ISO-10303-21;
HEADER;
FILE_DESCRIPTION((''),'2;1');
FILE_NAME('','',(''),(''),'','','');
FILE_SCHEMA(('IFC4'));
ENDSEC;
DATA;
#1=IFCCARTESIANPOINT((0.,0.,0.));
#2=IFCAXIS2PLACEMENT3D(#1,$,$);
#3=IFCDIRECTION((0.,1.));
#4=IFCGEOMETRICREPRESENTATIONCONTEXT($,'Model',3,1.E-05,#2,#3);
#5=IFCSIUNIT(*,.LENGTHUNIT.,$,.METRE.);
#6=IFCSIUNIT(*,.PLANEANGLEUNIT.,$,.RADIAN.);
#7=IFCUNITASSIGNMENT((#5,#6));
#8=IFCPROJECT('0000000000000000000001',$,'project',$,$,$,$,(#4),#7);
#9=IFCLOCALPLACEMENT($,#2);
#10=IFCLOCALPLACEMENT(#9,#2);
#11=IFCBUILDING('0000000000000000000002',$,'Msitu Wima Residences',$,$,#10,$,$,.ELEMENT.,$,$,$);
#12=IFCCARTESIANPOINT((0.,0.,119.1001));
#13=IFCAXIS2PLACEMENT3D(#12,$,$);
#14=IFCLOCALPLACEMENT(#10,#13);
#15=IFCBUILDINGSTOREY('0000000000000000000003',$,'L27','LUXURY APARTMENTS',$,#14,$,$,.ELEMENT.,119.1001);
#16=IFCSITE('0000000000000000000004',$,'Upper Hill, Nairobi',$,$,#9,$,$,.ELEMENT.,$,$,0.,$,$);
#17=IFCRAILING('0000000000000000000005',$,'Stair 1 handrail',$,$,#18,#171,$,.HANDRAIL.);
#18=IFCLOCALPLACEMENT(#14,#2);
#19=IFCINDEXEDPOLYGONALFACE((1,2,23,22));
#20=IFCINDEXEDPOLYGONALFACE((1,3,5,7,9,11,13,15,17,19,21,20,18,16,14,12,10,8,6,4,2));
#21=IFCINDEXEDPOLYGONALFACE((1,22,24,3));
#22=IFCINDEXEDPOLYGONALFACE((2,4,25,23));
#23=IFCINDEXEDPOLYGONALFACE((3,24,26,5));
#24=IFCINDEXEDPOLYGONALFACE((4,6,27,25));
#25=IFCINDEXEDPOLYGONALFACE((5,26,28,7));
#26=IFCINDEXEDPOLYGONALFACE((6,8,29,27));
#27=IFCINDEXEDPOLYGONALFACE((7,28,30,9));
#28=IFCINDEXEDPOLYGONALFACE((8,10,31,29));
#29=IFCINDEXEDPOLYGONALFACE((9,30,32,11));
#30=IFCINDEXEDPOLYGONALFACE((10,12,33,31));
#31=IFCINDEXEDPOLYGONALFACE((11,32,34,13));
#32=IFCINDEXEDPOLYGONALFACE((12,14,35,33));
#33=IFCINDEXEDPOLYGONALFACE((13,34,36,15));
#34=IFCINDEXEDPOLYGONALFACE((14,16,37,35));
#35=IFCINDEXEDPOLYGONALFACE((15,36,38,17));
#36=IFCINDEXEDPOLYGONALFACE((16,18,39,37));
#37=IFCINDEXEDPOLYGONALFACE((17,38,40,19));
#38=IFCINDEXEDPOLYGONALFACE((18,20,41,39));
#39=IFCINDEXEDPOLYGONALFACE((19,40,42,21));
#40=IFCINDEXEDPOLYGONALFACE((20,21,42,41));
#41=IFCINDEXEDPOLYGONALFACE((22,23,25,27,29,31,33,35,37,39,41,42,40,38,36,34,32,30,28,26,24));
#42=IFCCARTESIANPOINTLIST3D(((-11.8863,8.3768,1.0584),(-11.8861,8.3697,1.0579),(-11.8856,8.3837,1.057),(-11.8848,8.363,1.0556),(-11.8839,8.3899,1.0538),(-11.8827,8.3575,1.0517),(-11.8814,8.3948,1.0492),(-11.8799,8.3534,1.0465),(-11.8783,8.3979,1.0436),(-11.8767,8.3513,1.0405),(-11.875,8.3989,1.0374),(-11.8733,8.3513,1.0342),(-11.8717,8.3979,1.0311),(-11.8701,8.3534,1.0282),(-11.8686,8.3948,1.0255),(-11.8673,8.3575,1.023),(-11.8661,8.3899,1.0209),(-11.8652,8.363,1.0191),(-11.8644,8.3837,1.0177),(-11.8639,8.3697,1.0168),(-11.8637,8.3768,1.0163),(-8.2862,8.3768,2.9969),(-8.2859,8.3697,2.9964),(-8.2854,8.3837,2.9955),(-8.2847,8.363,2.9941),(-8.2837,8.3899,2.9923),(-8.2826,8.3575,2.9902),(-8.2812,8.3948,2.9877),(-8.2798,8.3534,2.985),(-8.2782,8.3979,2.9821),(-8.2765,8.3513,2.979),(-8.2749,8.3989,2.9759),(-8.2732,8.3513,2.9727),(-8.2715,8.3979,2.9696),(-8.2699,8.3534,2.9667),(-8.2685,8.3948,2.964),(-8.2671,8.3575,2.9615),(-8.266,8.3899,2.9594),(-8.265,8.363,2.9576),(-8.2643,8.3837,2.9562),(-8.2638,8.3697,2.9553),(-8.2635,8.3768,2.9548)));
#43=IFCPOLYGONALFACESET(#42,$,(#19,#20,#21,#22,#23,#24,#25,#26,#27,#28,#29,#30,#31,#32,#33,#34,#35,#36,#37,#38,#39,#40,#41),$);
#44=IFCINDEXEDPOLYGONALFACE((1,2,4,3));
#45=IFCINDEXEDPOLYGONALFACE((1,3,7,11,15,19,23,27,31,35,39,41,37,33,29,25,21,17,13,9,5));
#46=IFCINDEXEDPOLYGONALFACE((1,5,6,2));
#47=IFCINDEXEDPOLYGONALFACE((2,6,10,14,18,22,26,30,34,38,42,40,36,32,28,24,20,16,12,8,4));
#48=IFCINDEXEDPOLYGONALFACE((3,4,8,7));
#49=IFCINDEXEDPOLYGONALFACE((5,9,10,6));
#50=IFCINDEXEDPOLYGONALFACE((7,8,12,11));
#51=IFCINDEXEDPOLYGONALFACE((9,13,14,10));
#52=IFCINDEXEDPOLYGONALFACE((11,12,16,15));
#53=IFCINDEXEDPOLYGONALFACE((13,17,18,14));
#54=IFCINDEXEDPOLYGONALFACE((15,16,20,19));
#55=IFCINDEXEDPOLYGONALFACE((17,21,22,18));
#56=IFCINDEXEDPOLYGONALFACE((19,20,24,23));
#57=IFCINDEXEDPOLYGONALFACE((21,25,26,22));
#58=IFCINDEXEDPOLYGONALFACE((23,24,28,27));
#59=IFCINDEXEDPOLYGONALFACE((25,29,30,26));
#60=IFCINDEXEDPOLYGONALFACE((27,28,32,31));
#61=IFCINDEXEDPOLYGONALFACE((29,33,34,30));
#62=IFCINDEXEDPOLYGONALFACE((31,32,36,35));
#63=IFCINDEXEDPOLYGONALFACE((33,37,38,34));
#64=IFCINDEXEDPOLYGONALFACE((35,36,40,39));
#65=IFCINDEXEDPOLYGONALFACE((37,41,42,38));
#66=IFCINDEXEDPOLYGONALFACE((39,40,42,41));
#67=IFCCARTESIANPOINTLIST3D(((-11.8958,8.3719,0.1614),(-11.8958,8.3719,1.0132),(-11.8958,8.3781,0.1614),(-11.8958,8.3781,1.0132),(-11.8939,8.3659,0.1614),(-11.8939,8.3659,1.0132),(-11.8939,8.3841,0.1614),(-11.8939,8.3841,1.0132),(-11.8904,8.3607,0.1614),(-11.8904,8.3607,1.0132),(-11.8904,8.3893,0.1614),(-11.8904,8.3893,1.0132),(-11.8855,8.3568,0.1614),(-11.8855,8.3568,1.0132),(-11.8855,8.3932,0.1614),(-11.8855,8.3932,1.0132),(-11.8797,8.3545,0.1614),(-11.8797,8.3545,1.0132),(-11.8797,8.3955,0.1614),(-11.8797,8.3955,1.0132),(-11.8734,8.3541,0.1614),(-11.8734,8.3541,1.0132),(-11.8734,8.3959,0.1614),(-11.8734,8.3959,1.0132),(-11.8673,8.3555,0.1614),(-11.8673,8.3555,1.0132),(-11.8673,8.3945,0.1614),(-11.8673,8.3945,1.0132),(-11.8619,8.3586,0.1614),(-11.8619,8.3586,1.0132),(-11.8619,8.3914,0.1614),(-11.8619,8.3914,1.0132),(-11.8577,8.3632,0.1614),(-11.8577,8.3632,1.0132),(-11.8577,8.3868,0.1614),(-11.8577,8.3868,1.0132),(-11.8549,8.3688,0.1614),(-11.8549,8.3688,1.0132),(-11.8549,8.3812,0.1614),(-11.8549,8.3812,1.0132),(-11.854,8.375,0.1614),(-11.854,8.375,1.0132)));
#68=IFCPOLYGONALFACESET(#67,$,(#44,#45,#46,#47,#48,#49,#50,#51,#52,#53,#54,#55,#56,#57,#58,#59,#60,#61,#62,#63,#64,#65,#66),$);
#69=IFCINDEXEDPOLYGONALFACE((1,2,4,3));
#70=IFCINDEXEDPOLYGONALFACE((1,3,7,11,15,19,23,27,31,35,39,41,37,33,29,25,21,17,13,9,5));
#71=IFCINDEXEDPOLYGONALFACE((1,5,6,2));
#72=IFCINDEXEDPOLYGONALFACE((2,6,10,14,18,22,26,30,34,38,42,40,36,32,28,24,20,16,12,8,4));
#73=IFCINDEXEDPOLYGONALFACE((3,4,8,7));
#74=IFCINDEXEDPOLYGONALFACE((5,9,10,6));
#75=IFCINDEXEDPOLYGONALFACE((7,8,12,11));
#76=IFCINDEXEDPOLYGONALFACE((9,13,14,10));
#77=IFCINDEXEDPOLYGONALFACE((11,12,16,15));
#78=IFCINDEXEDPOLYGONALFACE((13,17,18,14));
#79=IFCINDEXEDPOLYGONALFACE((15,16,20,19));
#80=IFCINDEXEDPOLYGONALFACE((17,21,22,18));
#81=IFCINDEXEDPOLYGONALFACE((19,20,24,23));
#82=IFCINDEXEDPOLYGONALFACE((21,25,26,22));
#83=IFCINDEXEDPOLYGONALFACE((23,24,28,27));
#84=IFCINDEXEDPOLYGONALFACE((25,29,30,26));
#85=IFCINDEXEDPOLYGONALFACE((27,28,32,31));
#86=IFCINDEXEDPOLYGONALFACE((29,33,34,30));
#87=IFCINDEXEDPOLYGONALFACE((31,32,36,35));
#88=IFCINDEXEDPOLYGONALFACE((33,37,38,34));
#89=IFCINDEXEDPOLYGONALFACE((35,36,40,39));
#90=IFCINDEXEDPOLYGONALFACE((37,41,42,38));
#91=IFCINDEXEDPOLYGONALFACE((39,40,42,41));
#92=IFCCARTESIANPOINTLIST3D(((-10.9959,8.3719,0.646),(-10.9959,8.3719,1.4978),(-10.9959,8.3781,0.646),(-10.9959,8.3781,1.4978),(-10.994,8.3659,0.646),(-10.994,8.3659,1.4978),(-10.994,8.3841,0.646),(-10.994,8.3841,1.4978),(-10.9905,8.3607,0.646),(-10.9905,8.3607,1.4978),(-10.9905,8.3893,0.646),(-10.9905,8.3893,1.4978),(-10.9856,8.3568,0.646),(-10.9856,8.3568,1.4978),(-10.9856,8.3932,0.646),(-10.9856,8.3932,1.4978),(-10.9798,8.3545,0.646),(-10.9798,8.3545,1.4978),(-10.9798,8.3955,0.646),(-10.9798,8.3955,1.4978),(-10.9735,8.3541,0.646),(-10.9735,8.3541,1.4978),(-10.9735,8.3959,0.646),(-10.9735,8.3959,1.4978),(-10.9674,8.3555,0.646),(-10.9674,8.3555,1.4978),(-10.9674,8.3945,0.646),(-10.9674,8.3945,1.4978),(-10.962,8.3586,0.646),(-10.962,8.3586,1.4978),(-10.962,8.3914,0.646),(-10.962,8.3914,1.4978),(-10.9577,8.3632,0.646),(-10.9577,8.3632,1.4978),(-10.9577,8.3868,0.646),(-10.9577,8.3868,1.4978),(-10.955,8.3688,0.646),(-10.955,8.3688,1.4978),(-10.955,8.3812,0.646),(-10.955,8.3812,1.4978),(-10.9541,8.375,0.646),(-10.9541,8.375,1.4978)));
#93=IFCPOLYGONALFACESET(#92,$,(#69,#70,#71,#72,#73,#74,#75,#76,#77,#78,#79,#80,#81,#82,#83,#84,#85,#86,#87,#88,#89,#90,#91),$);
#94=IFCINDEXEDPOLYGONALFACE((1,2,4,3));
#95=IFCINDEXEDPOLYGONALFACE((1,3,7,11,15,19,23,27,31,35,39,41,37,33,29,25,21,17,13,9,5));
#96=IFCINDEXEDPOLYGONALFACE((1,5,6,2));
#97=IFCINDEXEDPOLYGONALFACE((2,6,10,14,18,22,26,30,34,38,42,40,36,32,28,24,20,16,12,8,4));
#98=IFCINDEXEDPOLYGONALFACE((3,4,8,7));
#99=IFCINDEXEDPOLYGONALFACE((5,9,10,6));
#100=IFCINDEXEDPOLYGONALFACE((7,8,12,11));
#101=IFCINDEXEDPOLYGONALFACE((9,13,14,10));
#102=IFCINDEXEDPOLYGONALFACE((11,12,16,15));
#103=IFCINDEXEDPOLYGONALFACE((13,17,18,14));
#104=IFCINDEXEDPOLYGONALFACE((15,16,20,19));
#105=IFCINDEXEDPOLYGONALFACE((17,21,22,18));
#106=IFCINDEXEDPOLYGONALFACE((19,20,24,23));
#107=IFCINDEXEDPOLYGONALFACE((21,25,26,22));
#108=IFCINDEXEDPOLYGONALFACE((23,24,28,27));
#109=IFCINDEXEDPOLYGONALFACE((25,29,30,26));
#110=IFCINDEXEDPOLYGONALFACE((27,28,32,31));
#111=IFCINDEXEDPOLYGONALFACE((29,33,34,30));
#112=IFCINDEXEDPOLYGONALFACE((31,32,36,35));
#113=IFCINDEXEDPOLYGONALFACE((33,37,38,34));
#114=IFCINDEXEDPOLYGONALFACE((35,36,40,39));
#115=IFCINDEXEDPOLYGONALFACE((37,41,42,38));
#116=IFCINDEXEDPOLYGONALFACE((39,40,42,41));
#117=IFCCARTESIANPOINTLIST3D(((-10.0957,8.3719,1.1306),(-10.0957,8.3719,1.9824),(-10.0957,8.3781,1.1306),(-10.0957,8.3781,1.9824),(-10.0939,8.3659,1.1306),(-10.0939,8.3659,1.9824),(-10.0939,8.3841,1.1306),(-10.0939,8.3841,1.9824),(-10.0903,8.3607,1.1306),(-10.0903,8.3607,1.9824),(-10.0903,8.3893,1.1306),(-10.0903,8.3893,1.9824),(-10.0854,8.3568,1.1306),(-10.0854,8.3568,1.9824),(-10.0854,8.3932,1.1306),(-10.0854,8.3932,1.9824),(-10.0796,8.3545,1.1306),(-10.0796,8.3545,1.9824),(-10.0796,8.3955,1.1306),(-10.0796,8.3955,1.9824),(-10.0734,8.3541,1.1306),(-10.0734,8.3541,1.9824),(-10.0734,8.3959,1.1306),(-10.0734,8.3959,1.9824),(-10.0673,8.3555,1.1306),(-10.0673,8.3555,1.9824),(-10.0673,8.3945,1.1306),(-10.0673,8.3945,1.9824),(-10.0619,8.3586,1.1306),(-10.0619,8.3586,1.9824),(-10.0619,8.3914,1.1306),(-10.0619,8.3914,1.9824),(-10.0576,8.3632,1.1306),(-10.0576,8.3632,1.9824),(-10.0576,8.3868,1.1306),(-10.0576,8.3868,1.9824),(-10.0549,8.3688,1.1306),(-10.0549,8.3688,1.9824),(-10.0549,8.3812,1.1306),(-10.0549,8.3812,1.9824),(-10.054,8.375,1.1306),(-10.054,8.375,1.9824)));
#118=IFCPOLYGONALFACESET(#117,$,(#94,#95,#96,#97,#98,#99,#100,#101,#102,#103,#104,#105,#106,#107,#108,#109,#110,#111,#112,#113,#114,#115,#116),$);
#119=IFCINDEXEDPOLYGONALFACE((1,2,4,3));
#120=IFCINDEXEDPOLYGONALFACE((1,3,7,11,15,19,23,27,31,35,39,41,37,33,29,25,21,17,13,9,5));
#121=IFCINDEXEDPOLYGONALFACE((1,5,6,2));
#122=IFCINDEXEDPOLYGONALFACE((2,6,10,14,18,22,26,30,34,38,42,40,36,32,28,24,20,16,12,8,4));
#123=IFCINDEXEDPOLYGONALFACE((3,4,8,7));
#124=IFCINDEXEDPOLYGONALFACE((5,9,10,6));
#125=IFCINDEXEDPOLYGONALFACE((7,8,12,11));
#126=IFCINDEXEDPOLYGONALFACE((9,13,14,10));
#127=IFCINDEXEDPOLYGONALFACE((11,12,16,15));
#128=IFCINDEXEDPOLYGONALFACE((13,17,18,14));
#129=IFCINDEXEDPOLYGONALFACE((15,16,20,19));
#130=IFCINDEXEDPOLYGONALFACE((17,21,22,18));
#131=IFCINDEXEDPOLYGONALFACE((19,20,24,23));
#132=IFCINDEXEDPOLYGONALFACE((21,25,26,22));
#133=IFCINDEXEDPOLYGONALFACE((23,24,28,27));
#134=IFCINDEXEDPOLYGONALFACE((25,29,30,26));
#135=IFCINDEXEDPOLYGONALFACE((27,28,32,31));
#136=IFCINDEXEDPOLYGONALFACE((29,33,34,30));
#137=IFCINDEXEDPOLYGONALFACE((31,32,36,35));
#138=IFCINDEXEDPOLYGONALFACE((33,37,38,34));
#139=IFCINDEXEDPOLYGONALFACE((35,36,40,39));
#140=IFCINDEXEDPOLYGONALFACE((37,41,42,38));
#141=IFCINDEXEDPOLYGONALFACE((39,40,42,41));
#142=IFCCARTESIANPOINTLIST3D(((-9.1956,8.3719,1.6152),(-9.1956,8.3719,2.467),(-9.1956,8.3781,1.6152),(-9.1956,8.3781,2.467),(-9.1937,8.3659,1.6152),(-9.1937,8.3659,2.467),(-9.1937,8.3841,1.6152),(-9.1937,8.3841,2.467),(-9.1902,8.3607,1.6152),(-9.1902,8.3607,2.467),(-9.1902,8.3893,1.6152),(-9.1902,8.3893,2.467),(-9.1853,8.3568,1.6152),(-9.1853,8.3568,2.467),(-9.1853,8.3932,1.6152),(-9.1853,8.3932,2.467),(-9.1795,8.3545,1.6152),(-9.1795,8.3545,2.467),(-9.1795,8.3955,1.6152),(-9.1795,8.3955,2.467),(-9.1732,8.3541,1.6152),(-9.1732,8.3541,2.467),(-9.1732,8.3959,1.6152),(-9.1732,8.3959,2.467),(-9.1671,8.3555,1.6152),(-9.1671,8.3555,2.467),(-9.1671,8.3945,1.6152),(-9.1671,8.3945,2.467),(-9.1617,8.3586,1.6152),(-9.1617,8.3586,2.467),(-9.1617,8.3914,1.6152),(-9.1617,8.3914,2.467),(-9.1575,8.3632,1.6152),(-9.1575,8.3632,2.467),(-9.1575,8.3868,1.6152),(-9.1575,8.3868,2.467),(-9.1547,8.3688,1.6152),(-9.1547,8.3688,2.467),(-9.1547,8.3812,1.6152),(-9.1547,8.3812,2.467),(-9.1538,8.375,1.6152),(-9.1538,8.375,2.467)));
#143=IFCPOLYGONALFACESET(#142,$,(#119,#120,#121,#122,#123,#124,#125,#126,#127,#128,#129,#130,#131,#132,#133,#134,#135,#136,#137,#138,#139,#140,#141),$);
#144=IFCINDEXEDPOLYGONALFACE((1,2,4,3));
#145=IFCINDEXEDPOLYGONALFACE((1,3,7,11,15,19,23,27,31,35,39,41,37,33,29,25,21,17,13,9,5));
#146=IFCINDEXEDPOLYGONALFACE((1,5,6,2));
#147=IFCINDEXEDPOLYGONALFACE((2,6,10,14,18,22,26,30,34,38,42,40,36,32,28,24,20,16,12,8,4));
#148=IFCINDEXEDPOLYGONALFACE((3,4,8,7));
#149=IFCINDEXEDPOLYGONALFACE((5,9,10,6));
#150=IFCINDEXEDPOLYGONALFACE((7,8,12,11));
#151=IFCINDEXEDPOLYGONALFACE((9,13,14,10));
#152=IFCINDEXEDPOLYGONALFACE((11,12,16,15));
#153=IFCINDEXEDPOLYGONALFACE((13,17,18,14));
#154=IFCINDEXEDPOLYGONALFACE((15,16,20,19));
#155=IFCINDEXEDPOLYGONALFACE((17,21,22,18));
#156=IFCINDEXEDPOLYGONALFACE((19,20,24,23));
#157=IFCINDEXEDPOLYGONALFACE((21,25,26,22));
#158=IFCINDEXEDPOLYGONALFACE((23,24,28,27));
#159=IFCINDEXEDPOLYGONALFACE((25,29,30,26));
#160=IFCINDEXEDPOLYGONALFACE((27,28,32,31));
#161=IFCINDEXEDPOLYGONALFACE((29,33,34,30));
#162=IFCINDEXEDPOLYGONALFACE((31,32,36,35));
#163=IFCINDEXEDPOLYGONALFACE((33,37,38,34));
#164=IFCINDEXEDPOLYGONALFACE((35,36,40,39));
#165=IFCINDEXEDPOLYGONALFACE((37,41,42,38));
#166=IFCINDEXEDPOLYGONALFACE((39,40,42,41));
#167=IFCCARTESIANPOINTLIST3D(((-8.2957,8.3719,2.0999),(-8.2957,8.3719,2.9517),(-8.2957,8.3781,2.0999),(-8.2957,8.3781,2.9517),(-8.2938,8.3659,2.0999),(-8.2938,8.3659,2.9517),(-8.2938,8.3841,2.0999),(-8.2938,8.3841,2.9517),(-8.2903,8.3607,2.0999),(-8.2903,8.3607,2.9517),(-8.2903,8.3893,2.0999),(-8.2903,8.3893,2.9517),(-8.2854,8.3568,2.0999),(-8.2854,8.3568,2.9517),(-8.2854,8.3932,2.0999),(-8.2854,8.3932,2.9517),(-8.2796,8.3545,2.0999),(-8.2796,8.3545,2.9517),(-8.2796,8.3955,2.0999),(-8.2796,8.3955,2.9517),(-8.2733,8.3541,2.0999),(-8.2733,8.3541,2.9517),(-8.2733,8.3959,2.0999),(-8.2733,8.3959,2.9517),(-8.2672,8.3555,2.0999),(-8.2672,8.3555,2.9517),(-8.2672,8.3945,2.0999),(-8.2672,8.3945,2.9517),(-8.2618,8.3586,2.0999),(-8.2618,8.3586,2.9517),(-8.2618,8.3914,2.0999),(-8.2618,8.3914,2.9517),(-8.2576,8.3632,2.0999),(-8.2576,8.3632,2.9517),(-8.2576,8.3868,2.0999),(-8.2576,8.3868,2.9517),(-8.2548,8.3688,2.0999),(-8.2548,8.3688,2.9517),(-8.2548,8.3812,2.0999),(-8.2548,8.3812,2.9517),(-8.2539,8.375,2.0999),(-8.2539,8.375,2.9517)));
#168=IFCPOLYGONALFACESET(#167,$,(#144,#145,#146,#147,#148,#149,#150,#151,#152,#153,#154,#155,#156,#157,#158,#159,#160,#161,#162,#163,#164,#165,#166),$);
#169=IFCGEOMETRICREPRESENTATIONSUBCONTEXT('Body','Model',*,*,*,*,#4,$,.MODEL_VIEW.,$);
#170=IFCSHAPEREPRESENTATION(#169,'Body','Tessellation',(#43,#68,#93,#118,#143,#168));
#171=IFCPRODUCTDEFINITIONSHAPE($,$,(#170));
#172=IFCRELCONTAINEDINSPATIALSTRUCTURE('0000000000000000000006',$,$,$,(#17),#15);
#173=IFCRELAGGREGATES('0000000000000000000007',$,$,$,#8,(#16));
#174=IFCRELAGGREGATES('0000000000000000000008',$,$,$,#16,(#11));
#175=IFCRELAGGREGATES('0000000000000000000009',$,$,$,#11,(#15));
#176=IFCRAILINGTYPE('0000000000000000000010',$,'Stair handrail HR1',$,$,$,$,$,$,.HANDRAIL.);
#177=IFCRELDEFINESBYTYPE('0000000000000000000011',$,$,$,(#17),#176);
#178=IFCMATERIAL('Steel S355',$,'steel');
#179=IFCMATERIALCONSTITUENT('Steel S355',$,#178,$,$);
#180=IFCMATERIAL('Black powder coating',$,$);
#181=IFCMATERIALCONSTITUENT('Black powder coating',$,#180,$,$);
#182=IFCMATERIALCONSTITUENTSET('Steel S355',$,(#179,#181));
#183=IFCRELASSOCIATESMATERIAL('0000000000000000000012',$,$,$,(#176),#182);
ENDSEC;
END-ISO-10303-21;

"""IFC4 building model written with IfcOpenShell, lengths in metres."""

from ifc_helpers import new_model, si_unit, direction, frame, origin, origin_2d, place, context, subcontext, project, spatial, circle, extrude, material, constituent, constituent_set, type_object, element, save


model = new_model("IFC4")

# Units and contexts
model_context = context("Model", 3, precision=1e-05, world=origin(), true_north=direction((0.0, 1.0)))
body_context = subcontext(model_context, "Body", "Model", "MODEL_VIEW")
ifc_project = project(units=[si_unit("LENGTHUNIT", "METRE"), si_unit("PLANEANGLEUNIT", "RADIAN")], contexts=[model_context])

# Site, building, storey
site_placement = place(None, origin())
site = spatial("IfcSite", under=ifc_project, at=site_placement, Name="Upper Hill, Nairobi", CompositionType="ELEMENT", RefElevation=0.0)
building_placement = place(site_placement, origin())
building = spatial("IfcBuilding", under=site, at=building_placement, Name="Msitu Wima Residences", CompositionType="ELEMENT")
storey_placement = place(building_placement, frame((0.0, 0.0, 119.1001)))
storey = spatial("IfcBuildingStorey", under=building, at=storey_placement, Name="L27", Description="LUXURY APARTMENTS", CompositionType="ELEMENT", Elevation=119.1001)

# Railing
ifc_material_1 = material(Name="Steel S355", Category="steel")
ifc_constituent_1 = constituent(ifc_material_1, Name="Steel S355")
ifc_material_2 = material(Name="Black powder coating")
ifc_constituent_2 = constituent(ifc_material_2, Name="Black powder coating")
ifc_constituent_set = constituent_set(constituents=[ifc_constituent_1, ifc_constituent_2], Name="Steel S355")
railing_type = type_object("IfcRailingType", Name="Stair handrail HR1", PredefinedType="HANDRAIL", material=ifc_constituent_set)
for number, where, name in (
    (1, (-11.875, 8.375, 0.1614), "Stair 1 handrail"),
):
    element("IfcRailing", number, at=place(storey_placement, frame(where)), inside=storey, type_object=railing_type, Name=name, PredefinedType="HANDRAIL", context=body_context, shape_type="SweptSolid", body=[
        extrude(circle(Radius=0.0239, at=origin_2d()), frame((0.0, 0.0, 0.876), z_axis=(0.880475, 0.0, 0.474093), x_axis=(0.0, 1.0, 0.0)), (0.0, 0.0, 1.0), 4.0889),
        extrude(circle(Radius=0.021, at=origin_2d()), origin(), (0.0, 0.0, 1.0), 0.8518),
        extrude(circle(Radius=0.021, at=origin_2d()), frame((0.8999, 0.0, 0.4846)), (0.0, 0.0, 1.0), 0.8518),
        extrude(circle(Radius=0.021, at=origin_2d()), frame((1.8, 0.0, 0.9692)), (0.0, 0.0, 1.0), 0.8518),
        extrude(circle(Radius=0.021, at=origin_2d()), frame((2.7002, 0.0, 1.4539)), (0.0, 0.0, 1.0), 0.8518),
        extrude(circle(Radius=0.021, at=origin_2d()), frame((3.6001, 0.0, 1.9385)), (0.0, 0.0, 1.0), 0.8518),
    ])

save(model, "model.ifc")
